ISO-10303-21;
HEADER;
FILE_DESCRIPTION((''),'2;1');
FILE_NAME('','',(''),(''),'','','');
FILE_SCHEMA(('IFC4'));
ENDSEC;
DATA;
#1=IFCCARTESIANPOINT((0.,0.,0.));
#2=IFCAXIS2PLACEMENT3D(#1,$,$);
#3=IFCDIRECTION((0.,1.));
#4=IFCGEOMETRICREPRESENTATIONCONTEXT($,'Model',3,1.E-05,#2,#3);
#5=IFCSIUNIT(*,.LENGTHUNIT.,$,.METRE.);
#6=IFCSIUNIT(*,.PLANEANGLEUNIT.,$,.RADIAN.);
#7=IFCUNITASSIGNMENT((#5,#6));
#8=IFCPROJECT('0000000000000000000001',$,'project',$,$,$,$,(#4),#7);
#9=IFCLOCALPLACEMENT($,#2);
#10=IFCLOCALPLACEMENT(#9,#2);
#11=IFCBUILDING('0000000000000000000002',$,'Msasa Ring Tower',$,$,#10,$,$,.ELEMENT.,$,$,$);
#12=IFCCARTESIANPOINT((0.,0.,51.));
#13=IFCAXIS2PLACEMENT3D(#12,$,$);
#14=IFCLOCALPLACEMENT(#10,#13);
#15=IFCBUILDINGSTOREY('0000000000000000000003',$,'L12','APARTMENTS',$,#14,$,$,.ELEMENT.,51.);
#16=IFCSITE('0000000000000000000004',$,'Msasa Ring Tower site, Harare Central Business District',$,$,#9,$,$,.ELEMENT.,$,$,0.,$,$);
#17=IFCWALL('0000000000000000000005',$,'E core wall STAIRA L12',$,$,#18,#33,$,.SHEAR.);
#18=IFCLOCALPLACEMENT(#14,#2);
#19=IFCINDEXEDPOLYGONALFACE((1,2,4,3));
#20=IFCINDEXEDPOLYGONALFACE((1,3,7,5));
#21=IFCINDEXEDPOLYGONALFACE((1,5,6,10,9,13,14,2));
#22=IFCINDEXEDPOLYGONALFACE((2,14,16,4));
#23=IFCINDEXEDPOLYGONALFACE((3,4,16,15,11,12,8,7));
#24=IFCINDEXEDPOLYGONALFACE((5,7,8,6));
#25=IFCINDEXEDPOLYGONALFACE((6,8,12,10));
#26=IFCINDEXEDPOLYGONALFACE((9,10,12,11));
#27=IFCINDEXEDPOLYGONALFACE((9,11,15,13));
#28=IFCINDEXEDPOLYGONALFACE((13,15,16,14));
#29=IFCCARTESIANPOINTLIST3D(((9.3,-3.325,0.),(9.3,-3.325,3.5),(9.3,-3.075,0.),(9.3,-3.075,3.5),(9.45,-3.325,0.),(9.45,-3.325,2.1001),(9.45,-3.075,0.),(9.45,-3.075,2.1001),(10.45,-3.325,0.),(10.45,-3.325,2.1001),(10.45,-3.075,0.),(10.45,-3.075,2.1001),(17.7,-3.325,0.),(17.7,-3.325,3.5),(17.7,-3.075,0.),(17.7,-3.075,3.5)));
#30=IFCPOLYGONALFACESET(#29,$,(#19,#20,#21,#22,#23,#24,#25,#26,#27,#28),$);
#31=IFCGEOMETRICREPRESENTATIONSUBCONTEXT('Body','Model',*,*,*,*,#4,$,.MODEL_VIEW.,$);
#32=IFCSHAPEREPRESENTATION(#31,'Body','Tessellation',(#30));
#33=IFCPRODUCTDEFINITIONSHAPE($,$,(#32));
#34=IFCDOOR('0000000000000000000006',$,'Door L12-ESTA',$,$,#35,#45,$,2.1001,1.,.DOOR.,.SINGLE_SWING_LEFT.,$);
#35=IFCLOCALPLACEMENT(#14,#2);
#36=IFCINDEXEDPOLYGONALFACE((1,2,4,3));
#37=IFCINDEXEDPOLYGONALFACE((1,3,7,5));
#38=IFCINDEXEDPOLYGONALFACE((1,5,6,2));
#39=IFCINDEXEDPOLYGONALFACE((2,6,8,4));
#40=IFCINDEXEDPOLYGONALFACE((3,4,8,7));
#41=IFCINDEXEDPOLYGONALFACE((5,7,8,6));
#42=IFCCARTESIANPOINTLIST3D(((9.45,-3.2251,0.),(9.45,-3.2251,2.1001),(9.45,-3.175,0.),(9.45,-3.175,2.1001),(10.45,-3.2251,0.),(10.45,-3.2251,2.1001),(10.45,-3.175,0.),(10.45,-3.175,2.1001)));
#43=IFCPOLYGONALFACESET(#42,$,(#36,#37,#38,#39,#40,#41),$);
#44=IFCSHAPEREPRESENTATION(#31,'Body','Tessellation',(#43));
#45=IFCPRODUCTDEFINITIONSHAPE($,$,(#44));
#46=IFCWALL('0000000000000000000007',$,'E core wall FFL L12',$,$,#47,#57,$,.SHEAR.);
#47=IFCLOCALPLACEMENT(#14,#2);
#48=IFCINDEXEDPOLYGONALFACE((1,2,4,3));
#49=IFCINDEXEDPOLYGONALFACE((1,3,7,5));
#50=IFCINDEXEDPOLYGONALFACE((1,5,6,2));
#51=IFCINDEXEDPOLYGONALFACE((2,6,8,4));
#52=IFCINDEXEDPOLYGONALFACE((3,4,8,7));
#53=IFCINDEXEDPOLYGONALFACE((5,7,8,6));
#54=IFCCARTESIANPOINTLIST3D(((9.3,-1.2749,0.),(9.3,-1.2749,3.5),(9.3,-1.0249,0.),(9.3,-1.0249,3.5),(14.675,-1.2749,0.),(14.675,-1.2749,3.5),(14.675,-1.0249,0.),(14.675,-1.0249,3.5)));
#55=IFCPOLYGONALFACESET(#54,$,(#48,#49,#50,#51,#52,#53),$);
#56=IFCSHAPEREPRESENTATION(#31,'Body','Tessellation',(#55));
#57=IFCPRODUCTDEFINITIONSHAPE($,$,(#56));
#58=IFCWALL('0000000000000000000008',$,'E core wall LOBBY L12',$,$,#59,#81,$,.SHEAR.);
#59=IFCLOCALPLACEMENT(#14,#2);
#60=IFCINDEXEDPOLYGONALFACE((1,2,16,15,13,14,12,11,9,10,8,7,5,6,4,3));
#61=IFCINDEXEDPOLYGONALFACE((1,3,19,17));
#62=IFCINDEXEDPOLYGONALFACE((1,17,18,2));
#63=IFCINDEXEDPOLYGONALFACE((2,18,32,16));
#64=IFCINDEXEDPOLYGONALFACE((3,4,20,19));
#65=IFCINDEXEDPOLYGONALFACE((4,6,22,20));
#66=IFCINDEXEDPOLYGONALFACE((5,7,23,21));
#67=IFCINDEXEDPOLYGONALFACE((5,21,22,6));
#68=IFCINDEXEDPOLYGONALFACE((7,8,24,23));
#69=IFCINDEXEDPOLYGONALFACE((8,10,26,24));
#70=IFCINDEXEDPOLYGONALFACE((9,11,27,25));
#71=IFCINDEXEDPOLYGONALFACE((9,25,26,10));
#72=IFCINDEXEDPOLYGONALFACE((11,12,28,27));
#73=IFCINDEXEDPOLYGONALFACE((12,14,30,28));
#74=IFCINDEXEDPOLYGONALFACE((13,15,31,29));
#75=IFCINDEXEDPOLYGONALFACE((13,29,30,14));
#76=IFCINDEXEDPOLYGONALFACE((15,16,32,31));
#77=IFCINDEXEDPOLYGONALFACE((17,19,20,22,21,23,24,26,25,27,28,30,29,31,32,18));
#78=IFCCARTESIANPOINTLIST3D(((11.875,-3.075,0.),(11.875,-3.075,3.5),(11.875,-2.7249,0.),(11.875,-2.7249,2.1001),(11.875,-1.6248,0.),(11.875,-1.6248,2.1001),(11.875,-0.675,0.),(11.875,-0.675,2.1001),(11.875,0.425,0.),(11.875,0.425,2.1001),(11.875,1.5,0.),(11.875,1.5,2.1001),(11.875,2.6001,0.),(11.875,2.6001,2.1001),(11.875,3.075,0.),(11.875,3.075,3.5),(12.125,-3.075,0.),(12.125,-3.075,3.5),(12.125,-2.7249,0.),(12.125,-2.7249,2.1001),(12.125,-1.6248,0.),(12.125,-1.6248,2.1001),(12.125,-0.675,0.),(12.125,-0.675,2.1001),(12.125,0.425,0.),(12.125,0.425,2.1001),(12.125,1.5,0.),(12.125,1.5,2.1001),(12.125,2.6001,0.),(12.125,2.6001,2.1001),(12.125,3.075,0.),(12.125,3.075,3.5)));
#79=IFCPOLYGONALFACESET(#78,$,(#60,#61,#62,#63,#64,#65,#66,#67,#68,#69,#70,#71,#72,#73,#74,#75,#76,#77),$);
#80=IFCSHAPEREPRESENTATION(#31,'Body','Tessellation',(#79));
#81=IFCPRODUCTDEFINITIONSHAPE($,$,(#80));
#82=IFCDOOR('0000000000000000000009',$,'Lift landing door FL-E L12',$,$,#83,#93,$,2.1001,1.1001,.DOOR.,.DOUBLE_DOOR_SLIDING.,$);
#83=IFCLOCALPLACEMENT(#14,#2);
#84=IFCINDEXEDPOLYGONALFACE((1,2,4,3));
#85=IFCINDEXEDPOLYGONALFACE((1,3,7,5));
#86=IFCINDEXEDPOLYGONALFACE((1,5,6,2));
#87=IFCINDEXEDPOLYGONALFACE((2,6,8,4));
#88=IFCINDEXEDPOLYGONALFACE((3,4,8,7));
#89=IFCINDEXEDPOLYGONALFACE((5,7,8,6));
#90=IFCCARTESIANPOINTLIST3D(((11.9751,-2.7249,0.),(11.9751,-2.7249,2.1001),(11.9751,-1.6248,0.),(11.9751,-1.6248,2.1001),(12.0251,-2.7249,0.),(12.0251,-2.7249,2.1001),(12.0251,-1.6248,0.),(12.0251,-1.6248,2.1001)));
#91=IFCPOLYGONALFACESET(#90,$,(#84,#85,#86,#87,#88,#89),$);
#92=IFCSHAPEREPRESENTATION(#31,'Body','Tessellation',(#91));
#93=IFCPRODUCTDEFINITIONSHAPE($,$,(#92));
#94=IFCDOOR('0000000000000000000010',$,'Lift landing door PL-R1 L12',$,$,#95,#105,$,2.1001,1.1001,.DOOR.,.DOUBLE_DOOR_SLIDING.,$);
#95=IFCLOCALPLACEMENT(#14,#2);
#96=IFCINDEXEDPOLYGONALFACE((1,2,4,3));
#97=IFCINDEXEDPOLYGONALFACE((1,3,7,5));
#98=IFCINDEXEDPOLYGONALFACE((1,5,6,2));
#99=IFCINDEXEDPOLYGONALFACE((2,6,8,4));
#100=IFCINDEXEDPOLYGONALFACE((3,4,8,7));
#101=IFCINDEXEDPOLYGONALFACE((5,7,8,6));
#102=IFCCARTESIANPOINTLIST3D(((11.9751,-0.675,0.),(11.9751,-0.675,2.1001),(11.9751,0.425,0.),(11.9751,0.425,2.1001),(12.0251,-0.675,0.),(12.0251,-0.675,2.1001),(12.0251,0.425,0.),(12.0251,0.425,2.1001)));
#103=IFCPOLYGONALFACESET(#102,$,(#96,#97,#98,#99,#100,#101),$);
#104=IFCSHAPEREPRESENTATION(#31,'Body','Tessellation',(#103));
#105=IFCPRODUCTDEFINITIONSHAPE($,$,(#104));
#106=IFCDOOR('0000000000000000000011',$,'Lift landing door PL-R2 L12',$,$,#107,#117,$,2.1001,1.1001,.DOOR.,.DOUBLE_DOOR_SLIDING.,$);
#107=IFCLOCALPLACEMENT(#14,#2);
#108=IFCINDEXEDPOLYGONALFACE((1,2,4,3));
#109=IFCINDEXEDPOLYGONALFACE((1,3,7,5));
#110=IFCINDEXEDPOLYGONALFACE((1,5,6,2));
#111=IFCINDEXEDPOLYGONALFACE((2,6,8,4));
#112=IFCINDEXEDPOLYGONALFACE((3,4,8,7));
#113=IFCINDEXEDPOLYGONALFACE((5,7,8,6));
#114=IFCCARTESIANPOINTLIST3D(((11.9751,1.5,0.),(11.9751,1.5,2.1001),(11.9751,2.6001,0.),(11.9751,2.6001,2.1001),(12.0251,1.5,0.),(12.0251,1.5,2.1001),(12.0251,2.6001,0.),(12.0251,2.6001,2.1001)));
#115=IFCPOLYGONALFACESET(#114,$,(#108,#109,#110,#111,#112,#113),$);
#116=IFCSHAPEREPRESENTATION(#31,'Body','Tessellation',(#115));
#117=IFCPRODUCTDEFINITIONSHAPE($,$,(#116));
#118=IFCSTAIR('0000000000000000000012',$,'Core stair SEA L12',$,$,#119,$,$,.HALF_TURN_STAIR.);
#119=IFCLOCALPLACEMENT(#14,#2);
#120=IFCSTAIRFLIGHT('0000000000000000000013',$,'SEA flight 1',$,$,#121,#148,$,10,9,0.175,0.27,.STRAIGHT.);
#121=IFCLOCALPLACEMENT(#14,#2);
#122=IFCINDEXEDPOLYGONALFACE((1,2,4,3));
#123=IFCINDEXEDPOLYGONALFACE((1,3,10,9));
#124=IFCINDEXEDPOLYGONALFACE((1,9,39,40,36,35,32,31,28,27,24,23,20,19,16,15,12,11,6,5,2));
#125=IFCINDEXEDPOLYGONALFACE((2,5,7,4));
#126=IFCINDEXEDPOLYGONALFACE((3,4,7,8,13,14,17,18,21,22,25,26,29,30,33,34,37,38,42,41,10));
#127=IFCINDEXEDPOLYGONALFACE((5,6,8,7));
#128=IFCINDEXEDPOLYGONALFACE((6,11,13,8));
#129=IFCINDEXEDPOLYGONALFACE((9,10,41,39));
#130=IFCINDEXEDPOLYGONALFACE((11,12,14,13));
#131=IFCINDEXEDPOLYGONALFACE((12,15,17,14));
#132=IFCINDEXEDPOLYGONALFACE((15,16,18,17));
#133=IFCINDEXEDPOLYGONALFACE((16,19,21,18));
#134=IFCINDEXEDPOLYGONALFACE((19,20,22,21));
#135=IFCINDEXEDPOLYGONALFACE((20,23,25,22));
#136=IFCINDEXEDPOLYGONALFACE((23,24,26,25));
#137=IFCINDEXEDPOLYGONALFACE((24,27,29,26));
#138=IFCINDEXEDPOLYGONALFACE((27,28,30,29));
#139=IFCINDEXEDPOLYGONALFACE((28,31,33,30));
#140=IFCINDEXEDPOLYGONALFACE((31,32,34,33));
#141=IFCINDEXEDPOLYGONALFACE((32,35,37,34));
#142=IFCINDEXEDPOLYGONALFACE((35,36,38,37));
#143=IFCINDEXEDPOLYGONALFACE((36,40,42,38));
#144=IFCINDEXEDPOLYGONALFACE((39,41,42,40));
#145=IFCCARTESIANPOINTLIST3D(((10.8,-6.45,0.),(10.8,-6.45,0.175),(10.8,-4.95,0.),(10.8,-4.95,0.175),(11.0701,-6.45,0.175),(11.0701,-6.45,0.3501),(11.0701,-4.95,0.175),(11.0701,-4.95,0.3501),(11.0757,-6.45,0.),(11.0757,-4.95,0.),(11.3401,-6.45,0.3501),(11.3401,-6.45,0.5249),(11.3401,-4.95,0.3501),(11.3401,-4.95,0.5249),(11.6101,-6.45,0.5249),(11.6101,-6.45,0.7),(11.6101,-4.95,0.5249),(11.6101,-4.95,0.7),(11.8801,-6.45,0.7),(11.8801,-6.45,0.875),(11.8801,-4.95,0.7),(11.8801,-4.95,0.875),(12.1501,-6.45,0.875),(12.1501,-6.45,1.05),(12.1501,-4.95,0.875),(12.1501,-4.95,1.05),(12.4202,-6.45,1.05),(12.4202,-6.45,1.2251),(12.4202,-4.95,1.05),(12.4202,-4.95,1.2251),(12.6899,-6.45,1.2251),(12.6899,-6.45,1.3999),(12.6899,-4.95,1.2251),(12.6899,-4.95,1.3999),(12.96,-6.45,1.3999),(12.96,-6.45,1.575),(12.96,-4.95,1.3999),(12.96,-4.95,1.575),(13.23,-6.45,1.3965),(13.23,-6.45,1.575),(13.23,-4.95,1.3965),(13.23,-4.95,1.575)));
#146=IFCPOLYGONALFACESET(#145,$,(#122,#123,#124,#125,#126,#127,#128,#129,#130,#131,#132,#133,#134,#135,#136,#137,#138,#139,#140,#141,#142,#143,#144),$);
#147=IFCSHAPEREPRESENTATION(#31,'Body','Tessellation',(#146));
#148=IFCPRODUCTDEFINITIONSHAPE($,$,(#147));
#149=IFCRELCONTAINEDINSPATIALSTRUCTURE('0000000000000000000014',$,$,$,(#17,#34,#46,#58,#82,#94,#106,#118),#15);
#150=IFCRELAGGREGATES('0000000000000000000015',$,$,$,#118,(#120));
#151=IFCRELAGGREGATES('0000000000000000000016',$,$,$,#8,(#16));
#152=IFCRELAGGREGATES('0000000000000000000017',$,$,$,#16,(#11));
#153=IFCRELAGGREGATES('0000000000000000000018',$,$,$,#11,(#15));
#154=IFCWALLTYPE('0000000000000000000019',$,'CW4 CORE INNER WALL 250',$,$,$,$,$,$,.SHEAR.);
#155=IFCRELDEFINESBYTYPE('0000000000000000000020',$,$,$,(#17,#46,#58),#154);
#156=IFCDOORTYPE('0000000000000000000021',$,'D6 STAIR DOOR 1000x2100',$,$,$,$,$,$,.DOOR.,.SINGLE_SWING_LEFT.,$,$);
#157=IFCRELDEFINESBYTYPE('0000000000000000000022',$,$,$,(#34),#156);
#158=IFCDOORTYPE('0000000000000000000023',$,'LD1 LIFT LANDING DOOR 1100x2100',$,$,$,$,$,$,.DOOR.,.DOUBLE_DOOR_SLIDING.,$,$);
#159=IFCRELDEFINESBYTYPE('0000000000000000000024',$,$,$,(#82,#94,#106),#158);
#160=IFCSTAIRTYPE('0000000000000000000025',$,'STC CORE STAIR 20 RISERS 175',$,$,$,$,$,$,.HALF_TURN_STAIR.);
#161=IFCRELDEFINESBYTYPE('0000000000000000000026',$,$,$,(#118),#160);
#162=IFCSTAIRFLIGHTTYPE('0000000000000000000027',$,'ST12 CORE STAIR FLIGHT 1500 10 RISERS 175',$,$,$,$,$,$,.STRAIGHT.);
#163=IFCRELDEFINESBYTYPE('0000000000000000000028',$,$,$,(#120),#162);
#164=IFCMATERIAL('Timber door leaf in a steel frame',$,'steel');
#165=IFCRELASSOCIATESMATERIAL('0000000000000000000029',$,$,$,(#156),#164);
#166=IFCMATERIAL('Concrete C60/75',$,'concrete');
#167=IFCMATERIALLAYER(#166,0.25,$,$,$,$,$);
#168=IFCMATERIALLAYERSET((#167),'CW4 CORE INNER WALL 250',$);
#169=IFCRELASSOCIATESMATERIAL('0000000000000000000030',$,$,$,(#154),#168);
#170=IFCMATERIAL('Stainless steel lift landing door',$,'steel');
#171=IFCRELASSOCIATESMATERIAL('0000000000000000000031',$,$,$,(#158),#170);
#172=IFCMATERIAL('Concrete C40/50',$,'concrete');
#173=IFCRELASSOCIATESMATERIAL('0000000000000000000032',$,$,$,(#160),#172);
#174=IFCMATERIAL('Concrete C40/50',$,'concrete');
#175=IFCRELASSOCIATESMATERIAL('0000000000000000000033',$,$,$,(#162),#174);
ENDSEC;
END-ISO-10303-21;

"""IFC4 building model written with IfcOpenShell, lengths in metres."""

from ifc_helpers import new_model, si_unit, direction, frame, frame_2d, origin, place, context, subcontext, project, spatial, polyline, rectangle, outline, extrude, material, layer, layer_set, type_object, element, fill, aggregate, save


model = new_model("IFC4")

# Units and contexts
model_context = context("Model", 3, precision=1e-05, world=origin(), true_north=direction((0.0, 1.0)))
body_context = subcontext(model_context, "Body", "Model", "MODEL_VIEW")
ifc_project = project(units=[si_unit("LENGTHUNIT", "METRE"), si_unit("PLANEANGLEUNIT", "RADIAN")], contexts=[model_context])

# Site, building, storey
site_placement = place(None, origin())
site = spatial("IfcSite", under=ifc_project, at=site_placement, Name="Msasa Ring Tower site, Harare Central Business District", CompositionType="ELEMENT", RefElevation=0.0)
building_placement = place(site_placement, origin())
building = spatial("IfcBuilding", under=site, at=building_placement, Name="Msasa Ring Tower", CompositionType="ELEMENT")
storey_placement = place(building_placement, frame((0.0, 0.0, 51.0)))
storey = spatial("IfcBuildingStorey", under=building, at=storey_placement, Name="L12", Description="APARTMENTS", CompositionType="ELEMENT", Elevation=51.0)

# Shared definitions
ifc_material_1 = material(Name="Timber door leaf in a steel frame", Category="steel")
door_type_1 = type_object("IfcDoorType", Name="D6 STAIR DOOR 1000x2100", OperationType="SINGLE_SWING_LEFT", PredefinedType="DOOR", material=ifc_material_1)

# Wall, opening, door
ifc_material_2 = material(Name="Concrete C60/75", Category="concrete")
ifc_layer_1 = layer(ifc_material_2, 0.25)
ifc_layer_set_1 = layer_set([ifc_layer_1], Name="CW4 CORE INNER WALL 250")
wall_type_1 = type_object("IfcWallType", Name="CW4 CORE INNER WALL 250", PredefinedType="SHEAR", material=ifc_layer_set_1)
wall_1_placement = place(storey_placement, frame((9.3, -3.2, 0.0), z_axis=(0.0, 0.0, 1.0), x_axis=(1.0, 0.0, 0.0)))
wall_1 = element("IfcWall", 1, at=wall_1_placement, inside=storey, type_object=wall_type_1, Name="E core wall STAIRA L12", PredefinedType="SHEAR", context=body_context, shape_type="SweptSolid", body=[
    extrude(rectangle(XDim=8.3999, YDim=0.25, at=frame_2d((4.2, 0.0))), origin(), (0.0, 0.0, 1.0), 3.5),
])
opening_1_placement = place(wall_1_placement, frame((0.1499, 0.0, 0.0)))
opening_1 = element("IfcOpeningElement", 2, at=opening_1_placement, cuts=wall_1, PredefinedType="OPENING", context=body_context, shape_type="SweptSolid", body=[
    extrude(rectangle(XDim=1.0, YDim=2.1001, at=frame_2d((0.5, 1.05))), frame((0.0, 0.135, 0.0), z_axis=(0.0, -1.0, 0.0), x_axis=(1.0, 0.0, 0.0)), (0.0, 0.0, 1.0), 0.27),
])
door_1_placement = place(opening_1_placement, origin())
door_1 = element("IfcDoor", 3, at=door_1_placement, inside=storey, type_object=door_type_1, Name="Door L12-ESTA", OperationType="SINGLE_SWING_LEFT", OverallHeight=2.1001, OverallWidth=1.0, PredefinedType="DOOR", context=body_context, shape_type="SweptSolid", body=[
    extrude(rectangle(XDim=1.0, YDim=2.1001, at=frame_2d((0.5, 1.05))), frame((0.0, 0.0249, 0.0), z_axis=(0.0, -1.0, 0.0), x_axis=(1.0, 0.0, 0.0)), (0.0, 0.0, 1.0), 0.05),
])
fill(opening_1, door_1)

# Wall
wall_2_placement = place(storey_placement, frame((9.3, -1.1499, 0.0), z_axis=(0.0, 0.0, 1.0), x_axis=(1.0, 0.0, 0.0)))
element("IfcWall", 4, at=wall_2_placement, inside=storey, type_object=wall_type_1, Name="E core wall FFL L12", PredefinedType="SHEAR", context=body_context, shape_type="SweptSolid", body=[
    extrude(rectangle(XDim=5.375, YDim=0.25, at=frame_2d((2.6875, 0.0))), origin(), (0.0, 0.0, 1.0), 3.5),
])

# Wall, openings, doors
wall_3_placement = place(storey_placement, frame((12.0, -3.075, 0.0), z_axis=(0.0, 0.0, 1.0), x_axis=(0.0, 1.0, 0.0)))
wall_3 = element("IfcWall", 5, at=wall_3_placement, inside=storey, type_object=wall_type_1, Name="E core wall LOBBY L12", PredefinedType="SHEAR", context=body_context, shape_type="SweptSolid", body=[
    extrude(rectangle(XDim=6.1499, YDim=0.25, at=frame_2d((3.075, 0.0))), origin(), (0.0, 0.0, 1.0), 3.5),
])
opening_2_placement = place(wall_3_placement, frame((0.3501, 0.0, 0.0)))
opening_2 = element("IfcOpeningElement", 6, at=opening_2_placement, cuts=wall_3, PredefinedType="OPENING", context=body_context, shape_type="SweptSolid", body=[
    extrude(rectangle(XDim=1.1001, YDim=2.1001, at=frame_2d((0.55, 1.05))), frame((0.0, 0.135, 0.0), z_axis=(0.0, -1.0, 0.0), x_axis=(1.0, 0.0, 0.0)), (0.0, 0.0, 1.0), 0.27),
])
opening_3_placement = place(wall_3_placement, frame((2.3999, 0.0, 0.0)))
opening_3 = element("IfcOpeningElement", 7, at=opening_3_placement, cuts=wall_3, PredefinedType="OPENING", context=body_context, shape_type="SweptSolid", body=[
    extrude(rectangle(XDim=1.1001, YDim=2.1001, at=frame_2d((0.55, 1.05))), frame((0.0, 0.135, 0.0), z_axis=(0.0, -1.0, 0.0), x_axis=(1.0, 0.0, 0.0)), (0.0, 0.0, 1.0), 0.27),
])
opening_4_placement = place(wall_3_placement, frame((4.575, 0.0, 0.0)))
opening_4 = element("IfcOpeningElement", 8, at=opening_4_placement, cuts=wall_3, PredefinedType="OPENING", context=body_context, shape_type="SweptSolid", body=[
    extrude(rectangle(XDim=1.1001, YDim=2.1001, at=frame_2d((0.55, 1.05))), frame((0.0, 0.135, 0.0), z_axis=(0.0, -1.0, 0.0), x_axis=(1.0, 0.0, 0.0)), (0.0, 0.0, 1.0), 0.27),
])
ifc_material_3 = material(Name="Stainless steel lift landing door", Category="steel")
door_type_2 = type_object("IfcDoorType", Name="LD1 LIFT LANDING DOOR 1100x2100", OperationType="DOUBLE_DOOR_SLIDING", PredefinedType="DOOR", material=ifc_material_3)
door_2_placement = place(opening_2_placement, origin())
door_2 = element("IfcDoor", 9, at=door_2_placement, inside=storey, type_object=door_type_2, Name="Lift landing door FL-E L12", OperationType="DOUBLE_DOOR_SLIDING", OverallHeight=2.1001, OverallWidth=1.1001, PredefinedType="DOOR", context=body_context, shape_type="SweptSolid", body=[
    extrude(rectangle(XDim=1.1001, YDim=2.1001, at=frame_2d((0.55, 1.05))), frame((0.0, 0.0249, 0.0), z_axis=(0.0, -1.0, 0.0), x_axis=(1.0, 0.0, 0.0)), (0.0, 0.0, 1.0), 0.05),
])
fill(opening_2, door_2)
door_3_placement = place(opening_3_placement, origin())
door_3 = element("IfcDoor", 10, at=door_3_placement, inside=storey, type_object=door_type_2, Name="Lift landing door PL-R1 L12", OperationType="DOUBLE_DOOR_SLIDING", OverallHeight=2.1001, OverallWidth=1.1001, PredefinedType="DOOR", context=body_context, shape_type="SweptSolid", body=[
    extrude(rectangle(XDim=1.1001, YDim=2.1001, at=frame_2d((0.55, 1.05))), frame((0.0, 0.0249, 0.0), z_axis=(0.0, -1.0, 0.0), x_axis=(1.0, 0.0, 0.0)), (0.0, 0.0, 1.0), 0.05),
])
fill(opening_3, door_3)
door_4_placement = place(opening_4_placement, origin())
door_4 = element("IfcDoor", 11, at=door_4_placement, inside=storey, type_object=door_type_2, Name="Lift landing door PL-R2 L12", OperationType="DOUBLE_DOOR_SLIDING", OverallHeight=2.1001, OverallWidth=1.1001, PredefinedType="DOOR", context=body_context, shape_type="SweptSolid", body=[
    extrude(rectangle(XDim=1.1001, YDim=2.1001, at=frame_2d((0.55, 1.05))), frame((0.0, 0.0249, 0.0), z_axis=(0.0, -1.0, 0.0), x_axis=(1.0, 0.0, 0.0)), (0.0, 0.0, 1.0), 0.05),
])
fill(opening_4, door_4)

# Stair, stair flight
ifc_material_4 = material(Name="Concrete C40/50", Category="concrete")
stair_type = type_object("IfcStairType", Name="STC CORE STAIR 20 RISERS 175", PredefinedType="HALF_TURN_STAIR", material=ifc_material_4)
stair_placement = place(storey_placement, origin())
stair = element("IfcStair", 12, at=stair_placement, inside=storey, type_object=stair_type, Name="Core stair SEA L12", PredefinedType="HALF_TURN_STAIR")
ifc_material_5 = material(Name="Concrete C40/50", Category="concrete")
stair_flight_type = type_object("IfcStairFlightType", Name="ST12 CORE STAIR FLIGHT 1500 10 RISERS 175", PredefinedType="STRAIGHT", material=ifc_material_5)
stair_flight_placement = place(storey_placement, frame((10.8, -5.7, 0.0), z_axis=(0.0, 0.0, 1.0), x_axis=(1.0, 0.0, 0.0)))
stair_flight = element("IfcStairFlight", 13, at=stair_flight_placement, type_object=stair_flight_type, Name="SEA flight 1", NumberOfRisers=10, NumberOfTreads=9, PredefinedType="STRAIGHT", RiserHeight=0.175, TreadLength=0.27, context=body_context, shape_type="SweptSolid", body=[
    extrude(outline(polyline([(0.0, 0.0), (0.0, 0.175), (0.27, 0.175), (0.27, 0.3501), (0.54, 0.3501), (0.54, 0.5249), (0.8101, 0.5249), (0.8101, 0.7), (1.0801, 0.7), (1.0801, 0.875), (1.3501, 0.875), (1.3501, 1.05), (1.6201, 1.05), (1.6201, 1.2251), (1.8899, 1.2251), (1.8899, 1.3999), (2.1599, 1.3999), (2.1599, 1.575), (2.4299, 1.575), (2.4299, 1.75), (2.4299, 1.3965), (0.2756, 0.0), (0.0, 0.0)])), frame((0.0, 0.75, 0.0), z_axis=(0.0, -1.0, 0.0), x_axis=(1.0, 0.0, 0.0)), (0.0, 0.0, 1.0), 1.5),
])
aggregate(stair, [stair_flight])

save(model, "model.ifc")
